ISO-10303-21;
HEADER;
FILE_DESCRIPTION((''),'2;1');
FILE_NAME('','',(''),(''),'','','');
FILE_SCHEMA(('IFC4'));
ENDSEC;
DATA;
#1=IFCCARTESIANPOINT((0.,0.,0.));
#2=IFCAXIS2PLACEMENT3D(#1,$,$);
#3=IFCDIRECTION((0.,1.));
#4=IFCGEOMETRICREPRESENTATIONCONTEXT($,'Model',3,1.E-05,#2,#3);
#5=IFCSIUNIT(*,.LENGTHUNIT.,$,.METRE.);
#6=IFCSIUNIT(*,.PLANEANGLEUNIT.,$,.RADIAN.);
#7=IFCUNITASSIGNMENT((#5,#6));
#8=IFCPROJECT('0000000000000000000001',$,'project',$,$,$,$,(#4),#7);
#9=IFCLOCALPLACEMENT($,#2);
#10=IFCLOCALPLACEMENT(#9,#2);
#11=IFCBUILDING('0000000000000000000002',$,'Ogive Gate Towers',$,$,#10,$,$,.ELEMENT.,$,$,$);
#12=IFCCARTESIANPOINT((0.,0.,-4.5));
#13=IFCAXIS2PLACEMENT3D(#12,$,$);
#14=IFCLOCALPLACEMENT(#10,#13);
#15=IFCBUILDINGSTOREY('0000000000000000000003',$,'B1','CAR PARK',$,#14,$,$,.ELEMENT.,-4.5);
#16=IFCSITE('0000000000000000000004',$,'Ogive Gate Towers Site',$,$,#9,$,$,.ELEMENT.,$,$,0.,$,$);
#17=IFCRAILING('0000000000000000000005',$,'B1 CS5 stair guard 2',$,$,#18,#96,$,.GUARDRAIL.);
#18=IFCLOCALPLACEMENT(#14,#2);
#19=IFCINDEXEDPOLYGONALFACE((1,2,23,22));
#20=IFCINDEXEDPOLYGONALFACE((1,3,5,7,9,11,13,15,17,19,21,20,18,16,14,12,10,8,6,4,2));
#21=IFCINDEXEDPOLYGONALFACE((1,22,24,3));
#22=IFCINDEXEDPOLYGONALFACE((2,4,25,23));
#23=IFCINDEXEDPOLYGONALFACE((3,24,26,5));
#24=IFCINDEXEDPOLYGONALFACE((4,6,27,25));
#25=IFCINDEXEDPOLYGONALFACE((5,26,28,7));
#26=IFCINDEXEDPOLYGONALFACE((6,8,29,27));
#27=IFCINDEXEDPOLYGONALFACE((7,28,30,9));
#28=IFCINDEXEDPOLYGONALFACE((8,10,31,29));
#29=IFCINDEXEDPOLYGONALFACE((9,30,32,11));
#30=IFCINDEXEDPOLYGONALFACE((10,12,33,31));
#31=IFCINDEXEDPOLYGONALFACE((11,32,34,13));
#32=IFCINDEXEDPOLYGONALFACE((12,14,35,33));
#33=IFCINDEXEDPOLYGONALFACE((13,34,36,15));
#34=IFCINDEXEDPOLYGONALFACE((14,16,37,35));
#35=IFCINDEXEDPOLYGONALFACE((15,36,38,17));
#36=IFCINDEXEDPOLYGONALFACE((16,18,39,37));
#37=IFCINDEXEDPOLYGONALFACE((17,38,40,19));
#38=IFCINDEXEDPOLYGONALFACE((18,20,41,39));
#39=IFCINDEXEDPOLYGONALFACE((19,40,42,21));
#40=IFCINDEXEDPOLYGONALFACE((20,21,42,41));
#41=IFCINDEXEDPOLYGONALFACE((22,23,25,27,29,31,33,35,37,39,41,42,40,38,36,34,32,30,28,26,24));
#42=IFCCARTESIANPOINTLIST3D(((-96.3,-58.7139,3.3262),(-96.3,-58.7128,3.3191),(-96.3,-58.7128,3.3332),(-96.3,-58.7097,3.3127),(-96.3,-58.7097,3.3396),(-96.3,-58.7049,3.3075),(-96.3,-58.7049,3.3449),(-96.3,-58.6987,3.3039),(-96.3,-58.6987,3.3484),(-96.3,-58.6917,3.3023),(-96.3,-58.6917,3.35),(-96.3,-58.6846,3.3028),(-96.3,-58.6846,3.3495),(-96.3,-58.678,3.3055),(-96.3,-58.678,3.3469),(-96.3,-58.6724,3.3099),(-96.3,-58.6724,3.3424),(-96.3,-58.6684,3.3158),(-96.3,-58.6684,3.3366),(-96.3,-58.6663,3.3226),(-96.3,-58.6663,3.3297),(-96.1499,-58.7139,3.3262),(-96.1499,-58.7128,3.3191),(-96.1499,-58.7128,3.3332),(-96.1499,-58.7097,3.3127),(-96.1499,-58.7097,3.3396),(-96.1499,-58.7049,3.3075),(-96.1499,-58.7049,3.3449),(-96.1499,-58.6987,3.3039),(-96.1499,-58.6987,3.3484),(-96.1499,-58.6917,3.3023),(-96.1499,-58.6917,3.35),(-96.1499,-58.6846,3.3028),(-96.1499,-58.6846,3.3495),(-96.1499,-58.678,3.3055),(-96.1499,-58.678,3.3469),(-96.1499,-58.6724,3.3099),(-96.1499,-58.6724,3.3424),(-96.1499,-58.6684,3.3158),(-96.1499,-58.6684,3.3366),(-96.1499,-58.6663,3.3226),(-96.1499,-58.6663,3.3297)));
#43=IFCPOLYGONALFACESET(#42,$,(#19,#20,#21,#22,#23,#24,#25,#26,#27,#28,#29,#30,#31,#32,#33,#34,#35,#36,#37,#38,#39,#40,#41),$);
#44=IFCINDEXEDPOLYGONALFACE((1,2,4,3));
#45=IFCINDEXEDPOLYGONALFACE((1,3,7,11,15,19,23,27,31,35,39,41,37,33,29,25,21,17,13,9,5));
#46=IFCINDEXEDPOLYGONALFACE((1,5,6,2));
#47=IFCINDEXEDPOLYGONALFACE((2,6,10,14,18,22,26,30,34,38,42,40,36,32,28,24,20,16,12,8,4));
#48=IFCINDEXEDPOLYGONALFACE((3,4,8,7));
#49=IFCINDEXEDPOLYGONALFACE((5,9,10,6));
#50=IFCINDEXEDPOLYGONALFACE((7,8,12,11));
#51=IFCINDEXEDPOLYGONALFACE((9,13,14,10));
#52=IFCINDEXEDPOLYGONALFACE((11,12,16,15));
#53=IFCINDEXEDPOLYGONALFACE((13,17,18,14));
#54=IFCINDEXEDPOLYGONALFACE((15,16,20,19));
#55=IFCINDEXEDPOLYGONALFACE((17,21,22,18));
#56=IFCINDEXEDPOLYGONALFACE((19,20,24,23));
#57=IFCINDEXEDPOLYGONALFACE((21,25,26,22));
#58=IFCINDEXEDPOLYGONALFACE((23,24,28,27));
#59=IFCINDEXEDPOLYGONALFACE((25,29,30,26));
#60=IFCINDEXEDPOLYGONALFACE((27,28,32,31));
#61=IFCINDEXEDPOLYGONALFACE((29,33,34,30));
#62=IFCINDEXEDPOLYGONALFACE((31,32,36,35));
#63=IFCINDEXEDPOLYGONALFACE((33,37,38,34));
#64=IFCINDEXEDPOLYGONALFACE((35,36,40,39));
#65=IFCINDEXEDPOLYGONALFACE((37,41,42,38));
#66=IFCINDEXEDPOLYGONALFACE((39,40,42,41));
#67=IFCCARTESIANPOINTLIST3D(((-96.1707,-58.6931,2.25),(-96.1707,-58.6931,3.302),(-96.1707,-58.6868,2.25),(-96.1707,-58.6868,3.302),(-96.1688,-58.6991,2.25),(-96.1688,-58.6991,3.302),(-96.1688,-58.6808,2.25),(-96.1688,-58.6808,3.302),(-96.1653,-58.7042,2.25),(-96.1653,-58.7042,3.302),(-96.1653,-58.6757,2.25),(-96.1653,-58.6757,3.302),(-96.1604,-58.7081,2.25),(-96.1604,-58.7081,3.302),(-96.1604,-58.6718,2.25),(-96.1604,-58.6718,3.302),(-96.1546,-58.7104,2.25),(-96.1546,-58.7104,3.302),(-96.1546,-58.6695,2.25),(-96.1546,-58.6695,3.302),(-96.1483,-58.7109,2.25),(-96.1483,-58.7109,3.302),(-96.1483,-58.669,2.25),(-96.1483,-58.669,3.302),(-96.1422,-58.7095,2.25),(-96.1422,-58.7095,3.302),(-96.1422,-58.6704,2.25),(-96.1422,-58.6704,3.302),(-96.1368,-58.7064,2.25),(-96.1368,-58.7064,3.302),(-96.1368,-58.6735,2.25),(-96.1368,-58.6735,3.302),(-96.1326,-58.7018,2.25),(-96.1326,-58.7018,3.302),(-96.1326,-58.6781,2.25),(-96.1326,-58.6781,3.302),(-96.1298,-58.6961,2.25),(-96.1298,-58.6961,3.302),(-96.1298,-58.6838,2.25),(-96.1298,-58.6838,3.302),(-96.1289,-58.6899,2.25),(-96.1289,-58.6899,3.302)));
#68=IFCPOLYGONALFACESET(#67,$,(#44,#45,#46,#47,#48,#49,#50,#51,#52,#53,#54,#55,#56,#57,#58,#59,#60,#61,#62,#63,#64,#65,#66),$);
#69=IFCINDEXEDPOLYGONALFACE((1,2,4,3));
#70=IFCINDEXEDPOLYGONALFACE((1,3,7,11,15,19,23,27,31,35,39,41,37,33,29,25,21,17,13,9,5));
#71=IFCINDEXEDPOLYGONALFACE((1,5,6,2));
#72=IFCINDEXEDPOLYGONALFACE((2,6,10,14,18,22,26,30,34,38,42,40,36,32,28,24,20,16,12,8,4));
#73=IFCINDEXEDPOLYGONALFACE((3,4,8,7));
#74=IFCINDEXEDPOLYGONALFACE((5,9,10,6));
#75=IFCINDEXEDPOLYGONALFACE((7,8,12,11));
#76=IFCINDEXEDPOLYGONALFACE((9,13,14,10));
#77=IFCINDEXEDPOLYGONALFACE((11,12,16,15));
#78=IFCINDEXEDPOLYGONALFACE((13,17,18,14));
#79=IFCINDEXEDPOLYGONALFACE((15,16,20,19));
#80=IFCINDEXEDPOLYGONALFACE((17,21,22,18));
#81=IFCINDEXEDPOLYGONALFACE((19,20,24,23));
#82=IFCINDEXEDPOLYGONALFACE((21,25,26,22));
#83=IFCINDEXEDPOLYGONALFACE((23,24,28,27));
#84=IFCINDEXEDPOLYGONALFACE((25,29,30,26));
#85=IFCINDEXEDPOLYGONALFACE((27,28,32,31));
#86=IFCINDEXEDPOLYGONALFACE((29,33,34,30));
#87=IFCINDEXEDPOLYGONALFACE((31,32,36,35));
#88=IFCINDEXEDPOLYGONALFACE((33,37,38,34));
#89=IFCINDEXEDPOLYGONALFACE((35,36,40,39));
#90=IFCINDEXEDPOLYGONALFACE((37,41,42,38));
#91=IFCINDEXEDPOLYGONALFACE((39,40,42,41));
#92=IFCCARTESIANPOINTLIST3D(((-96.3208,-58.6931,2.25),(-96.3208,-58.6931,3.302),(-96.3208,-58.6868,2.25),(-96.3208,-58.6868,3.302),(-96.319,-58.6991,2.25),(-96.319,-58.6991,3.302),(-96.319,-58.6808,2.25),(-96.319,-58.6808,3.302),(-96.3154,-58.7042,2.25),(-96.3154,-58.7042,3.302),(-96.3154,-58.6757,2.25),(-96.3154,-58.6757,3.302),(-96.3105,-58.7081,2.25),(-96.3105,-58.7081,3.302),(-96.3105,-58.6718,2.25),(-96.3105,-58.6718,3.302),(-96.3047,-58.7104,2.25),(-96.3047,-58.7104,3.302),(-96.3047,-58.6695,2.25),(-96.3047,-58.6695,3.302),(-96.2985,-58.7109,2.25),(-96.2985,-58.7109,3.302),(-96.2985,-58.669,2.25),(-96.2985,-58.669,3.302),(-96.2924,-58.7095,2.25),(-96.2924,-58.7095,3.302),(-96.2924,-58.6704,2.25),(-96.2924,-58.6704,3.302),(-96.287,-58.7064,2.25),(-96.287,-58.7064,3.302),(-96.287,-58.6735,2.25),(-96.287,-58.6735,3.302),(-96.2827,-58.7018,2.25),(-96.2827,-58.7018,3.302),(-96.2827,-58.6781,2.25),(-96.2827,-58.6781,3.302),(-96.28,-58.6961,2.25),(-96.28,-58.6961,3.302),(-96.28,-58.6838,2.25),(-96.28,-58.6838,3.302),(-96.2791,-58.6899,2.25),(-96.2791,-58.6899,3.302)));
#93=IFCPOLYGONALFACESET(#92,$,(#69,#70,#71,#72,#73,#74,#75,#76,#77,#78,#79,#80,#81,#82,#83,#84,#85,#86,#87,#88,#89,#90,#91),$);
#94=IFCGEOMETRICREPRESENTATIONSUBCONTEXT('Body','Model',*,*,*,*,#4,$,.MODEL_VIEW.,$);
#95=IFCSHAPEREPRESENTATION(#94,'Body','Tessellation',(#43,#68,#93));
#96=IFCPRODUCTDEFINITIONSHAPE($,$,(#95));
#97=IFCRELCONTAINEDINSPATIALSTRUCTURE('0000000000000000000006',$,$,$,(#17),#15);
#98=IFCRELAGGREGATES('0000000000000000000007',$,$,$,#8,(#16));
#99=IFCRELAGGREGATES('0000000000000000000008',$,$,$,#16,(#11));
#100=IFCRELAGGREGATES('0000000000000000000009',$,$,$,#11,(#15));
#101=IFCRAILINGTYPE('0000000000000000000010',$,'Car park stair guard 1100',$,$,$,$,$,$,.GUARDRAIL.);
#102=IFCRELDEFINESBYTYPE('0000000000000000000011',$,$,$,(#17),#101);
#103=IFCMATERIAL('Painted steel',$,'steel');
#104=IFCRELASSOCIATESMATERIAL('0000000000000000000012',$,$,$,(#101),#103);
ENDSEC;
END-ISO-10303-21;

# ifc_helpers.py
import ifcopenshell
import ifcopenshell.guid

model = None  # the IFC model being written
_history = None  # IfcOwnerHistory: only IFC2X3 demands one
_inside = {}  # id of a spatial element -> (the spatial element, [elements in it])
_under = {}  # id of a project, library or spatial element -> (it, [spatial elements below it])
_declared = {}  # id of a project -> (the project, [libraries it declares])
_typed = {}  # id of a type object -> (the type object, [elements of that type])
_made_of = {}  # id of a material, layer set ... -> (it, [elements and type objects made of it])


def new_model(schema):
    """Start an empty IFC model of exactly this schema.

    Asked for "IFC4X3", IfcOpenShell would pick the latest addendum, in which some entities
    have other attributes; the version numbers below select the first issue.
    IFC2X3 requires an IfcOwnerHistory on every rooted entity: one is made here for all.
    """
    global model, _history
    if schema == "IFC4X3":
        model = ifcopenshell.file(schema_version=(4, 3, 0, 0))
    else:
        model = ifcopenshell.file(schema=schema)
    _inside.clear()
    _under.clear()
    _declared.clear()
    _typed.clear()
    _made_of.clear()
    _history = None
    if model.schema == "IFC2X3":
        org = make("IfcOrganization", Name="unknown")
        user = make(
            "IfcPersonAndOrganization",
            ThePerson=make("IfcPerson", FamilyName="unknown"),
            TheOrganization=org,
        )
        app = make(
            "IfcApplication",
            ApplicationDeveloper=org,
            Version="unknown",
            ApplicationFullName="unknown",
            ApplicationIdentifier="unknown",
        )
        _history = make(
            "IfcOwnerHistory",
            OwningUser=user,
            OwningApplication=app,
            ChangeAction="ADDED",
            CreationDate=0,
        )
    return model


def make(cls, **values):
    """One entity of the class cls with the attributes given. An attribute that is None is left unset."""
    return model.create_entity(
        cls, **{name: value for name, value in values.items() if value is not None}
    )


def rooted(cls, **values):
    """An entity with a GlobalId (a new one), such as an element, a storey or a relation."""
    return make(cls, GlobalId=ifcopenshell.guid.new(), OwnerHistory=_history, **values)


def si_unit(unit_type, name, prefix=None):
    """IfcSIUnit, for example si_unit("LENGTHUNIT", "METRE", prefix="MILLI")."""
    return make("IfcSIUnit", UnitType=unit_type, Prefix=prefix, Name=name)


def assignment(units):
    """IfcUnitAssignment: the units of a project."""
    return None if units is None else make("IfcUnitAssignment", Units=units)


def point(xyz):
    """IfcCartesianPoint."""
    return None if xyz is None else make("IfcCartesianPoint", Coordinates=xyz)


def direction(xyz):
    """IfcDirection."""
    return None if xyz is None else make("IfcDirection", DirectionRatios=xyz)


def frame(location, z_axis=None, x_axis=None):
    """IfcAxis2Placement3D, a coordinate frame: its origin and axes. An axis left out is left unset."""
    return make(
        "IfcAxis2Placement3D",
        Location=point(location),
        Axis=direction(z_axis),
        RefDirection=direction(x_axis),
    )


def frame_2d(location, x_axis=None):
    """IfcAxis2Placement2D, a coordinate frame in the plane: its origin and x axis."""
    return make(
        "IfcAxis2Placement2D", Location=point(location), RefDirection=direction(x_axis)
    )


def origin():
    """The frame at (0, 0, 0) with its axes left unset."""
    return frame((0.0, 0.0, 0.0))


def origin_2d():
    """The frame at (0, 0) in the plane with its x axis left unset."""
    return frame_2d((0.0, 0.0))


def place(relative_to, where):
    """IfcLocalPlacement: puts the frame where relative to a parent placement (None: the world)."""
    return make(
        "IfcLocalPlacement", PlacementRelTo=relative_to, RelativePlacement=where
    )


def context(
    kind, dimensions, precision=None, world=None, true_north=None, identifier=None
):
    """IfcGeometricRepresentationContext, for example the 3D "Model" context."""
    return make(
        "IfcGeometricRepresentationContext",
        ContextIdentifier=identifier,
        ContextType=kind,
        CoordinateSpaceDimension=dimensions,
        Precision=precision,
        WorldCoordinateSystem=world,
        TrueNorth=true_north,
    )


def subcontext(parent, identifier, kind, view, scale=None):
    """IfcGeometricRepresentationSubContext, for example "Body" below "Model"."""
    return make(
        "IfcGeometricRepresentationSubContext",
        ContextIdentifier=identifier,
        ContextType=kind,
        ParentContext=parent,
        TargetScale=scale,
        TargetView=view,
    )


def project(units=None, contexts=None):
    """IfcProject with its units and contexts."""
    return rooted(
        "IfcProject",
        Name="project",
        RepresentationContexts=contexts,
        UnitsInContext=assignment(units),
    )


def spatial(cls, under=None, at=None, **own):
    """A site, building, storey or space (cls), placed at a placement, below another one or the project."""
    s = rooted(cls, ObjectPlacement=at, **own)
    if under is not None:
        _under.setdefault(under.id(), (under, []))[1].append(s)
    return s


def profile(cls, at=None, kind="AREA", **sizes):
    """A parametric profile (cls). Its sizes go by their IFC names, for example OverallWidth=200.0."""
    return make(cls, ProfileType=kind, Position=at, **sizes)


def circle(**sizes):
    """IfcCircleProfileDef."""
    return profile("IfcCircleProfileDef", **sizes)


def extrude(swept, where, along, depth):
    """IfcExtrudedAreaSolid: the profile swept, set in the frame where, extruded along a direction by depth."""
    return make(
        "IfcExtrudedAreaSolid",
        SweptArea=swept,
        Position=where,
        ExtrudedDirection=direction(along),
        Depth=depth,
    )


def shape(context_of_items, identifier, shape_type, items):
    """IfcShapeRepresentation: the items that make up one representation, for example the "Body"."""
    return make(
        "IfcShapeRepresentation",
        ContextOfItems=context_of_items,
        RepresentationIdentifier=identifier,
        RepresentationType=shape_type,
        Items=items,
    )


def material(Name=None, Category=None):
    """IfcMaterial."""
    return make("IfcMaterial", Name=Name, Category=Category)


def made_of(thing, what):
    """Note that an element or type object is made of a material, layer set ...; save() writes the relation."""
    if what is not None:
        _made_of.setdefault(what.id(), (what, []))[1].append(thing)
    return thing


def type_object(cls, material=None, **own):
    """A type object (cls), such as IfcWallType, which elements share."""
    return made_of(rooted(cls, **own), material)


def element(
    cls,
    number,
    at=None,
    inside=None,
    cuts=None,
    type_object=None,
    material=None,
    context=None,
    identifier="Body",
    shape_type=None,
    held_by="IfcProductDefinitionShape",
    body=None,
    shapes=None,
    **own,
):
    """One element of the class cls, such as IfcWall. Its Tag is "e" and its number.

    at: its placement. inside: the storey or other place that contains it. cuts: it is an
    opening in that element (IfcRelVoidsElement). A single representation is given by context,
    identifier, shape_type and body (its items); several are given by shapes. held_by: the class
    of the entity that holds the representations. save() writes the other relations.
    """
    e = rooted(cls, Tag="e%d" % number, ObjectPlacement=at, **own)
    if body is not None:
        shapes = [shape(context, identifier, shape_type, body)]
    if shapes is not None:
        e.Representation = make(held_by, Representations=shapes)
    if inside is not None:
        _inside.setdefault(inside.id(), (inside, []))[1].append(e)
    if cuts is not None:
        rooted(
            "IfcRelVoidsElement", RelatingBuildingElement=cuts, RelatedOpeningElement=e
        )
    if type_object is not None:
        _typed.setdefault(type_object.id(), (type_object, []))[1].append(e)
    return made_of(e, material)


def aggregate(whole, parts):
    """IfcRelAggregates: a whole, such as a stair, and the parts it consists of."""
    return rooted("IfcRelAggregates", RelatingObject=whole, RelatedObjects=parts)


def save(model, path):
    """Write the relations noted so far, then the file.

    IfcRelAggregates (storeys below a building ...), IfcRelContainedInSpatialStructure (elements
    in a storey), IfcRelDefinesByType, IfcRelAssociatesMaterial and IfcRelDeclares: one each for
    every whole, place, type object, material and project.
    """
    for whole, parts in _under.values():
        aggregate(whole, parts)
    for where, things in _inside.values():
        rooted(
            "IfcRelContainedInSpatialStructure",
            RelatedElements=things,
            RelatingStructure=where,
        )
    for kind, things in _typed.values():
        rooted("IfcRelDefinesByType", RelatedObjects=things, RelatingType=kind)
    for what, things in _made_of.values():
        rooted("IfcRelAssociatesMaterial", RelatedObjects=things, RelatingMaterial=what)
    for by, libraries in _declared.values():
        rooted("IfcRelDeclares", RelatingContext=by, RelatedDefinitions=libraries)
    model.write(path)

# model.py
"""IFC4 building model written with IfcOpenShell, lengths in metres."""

from ifc_helpers import new_model, si_unit, direction, frame, origin, origin_2d, place, context, subcontext, project, spatial, circle, extrude, material, type_object, element, save


model = new_model("IFC4")

# Units and contexts
model_context = context("Model", 3, precision=1e-05, world=origin(), true_north=direction((0.0, 1.0)))
body_context = subcontext(model_context, "Body", "Model", "MODEL_VIEW")
ifc_project = project(units=[si_unit("LENGTHUNIT", "METRE"), si_unit("PLANEANGLEUNIT", "RADIAN")], contexts=[model_context])

# Site, building, storey
site_placement = place(None, origin())
site = spatial("IfcSite", under=ifc_project, at=site_placement, Name="Ogive Gate Towers Site", CompositionType="ELEMENT", RefElevation=0.0)
building_placement = place(site_placement, origin())
building = spatial("IfcBuilding", under=site, at=building_placement, Name="Ogive Gate Towers", CompositionType="ELEMENT")
storey_placement = place(building_placement, frame((0.0, 0.0, -4.5)))
storey = spatial("IfcBuildingStorey", under=building, at=storey_placement, Name="B1", Description="CAR PARK", CompositionType="ELEMENT", Elevation=-4.5)

# Railing
ifc_material_1 = material(Name="Painted steel", Category="steel")
railing_type_1 = type_object("IfcRailingType", Name="Car park stair guard 1100", PredefinedType="GUARDRAIL", material=ifc_material_1)
railing_1_placement = place(storey_placement, frame((-96.1499, -58.6899, 2.25)))
element("IfcRailing", 1, at=railing_1_placement, inside=storey, type_object=railing_type_1, Name="B1 CS5 stair guard 2", PredefinedType="GUARDRAIL", context=body_context, shape_type="SweptSolid", body=[
    extrude(circle(Radius=0.0239, at=origin_2d()), frame((0.0, 0.0, 1.0762), z_axis=(-1.0, 0.0, 0.0), x_axis=(0.0, -1.0, 0.0)), (0.0, 0.0, 1.0), 0.1501),
    extrude(circle(Radius=0.021, at=origin_2d()), origin(), (0.0, 0.0, 1.0), 1.052),
    extrude(circle(Radius=0.021, at=origin_2d()), frame((-0.1501, 0.0, 0.0)), (0.0, 0.0, 1.0), 1.052),
])

save(model, "model.ifc")
